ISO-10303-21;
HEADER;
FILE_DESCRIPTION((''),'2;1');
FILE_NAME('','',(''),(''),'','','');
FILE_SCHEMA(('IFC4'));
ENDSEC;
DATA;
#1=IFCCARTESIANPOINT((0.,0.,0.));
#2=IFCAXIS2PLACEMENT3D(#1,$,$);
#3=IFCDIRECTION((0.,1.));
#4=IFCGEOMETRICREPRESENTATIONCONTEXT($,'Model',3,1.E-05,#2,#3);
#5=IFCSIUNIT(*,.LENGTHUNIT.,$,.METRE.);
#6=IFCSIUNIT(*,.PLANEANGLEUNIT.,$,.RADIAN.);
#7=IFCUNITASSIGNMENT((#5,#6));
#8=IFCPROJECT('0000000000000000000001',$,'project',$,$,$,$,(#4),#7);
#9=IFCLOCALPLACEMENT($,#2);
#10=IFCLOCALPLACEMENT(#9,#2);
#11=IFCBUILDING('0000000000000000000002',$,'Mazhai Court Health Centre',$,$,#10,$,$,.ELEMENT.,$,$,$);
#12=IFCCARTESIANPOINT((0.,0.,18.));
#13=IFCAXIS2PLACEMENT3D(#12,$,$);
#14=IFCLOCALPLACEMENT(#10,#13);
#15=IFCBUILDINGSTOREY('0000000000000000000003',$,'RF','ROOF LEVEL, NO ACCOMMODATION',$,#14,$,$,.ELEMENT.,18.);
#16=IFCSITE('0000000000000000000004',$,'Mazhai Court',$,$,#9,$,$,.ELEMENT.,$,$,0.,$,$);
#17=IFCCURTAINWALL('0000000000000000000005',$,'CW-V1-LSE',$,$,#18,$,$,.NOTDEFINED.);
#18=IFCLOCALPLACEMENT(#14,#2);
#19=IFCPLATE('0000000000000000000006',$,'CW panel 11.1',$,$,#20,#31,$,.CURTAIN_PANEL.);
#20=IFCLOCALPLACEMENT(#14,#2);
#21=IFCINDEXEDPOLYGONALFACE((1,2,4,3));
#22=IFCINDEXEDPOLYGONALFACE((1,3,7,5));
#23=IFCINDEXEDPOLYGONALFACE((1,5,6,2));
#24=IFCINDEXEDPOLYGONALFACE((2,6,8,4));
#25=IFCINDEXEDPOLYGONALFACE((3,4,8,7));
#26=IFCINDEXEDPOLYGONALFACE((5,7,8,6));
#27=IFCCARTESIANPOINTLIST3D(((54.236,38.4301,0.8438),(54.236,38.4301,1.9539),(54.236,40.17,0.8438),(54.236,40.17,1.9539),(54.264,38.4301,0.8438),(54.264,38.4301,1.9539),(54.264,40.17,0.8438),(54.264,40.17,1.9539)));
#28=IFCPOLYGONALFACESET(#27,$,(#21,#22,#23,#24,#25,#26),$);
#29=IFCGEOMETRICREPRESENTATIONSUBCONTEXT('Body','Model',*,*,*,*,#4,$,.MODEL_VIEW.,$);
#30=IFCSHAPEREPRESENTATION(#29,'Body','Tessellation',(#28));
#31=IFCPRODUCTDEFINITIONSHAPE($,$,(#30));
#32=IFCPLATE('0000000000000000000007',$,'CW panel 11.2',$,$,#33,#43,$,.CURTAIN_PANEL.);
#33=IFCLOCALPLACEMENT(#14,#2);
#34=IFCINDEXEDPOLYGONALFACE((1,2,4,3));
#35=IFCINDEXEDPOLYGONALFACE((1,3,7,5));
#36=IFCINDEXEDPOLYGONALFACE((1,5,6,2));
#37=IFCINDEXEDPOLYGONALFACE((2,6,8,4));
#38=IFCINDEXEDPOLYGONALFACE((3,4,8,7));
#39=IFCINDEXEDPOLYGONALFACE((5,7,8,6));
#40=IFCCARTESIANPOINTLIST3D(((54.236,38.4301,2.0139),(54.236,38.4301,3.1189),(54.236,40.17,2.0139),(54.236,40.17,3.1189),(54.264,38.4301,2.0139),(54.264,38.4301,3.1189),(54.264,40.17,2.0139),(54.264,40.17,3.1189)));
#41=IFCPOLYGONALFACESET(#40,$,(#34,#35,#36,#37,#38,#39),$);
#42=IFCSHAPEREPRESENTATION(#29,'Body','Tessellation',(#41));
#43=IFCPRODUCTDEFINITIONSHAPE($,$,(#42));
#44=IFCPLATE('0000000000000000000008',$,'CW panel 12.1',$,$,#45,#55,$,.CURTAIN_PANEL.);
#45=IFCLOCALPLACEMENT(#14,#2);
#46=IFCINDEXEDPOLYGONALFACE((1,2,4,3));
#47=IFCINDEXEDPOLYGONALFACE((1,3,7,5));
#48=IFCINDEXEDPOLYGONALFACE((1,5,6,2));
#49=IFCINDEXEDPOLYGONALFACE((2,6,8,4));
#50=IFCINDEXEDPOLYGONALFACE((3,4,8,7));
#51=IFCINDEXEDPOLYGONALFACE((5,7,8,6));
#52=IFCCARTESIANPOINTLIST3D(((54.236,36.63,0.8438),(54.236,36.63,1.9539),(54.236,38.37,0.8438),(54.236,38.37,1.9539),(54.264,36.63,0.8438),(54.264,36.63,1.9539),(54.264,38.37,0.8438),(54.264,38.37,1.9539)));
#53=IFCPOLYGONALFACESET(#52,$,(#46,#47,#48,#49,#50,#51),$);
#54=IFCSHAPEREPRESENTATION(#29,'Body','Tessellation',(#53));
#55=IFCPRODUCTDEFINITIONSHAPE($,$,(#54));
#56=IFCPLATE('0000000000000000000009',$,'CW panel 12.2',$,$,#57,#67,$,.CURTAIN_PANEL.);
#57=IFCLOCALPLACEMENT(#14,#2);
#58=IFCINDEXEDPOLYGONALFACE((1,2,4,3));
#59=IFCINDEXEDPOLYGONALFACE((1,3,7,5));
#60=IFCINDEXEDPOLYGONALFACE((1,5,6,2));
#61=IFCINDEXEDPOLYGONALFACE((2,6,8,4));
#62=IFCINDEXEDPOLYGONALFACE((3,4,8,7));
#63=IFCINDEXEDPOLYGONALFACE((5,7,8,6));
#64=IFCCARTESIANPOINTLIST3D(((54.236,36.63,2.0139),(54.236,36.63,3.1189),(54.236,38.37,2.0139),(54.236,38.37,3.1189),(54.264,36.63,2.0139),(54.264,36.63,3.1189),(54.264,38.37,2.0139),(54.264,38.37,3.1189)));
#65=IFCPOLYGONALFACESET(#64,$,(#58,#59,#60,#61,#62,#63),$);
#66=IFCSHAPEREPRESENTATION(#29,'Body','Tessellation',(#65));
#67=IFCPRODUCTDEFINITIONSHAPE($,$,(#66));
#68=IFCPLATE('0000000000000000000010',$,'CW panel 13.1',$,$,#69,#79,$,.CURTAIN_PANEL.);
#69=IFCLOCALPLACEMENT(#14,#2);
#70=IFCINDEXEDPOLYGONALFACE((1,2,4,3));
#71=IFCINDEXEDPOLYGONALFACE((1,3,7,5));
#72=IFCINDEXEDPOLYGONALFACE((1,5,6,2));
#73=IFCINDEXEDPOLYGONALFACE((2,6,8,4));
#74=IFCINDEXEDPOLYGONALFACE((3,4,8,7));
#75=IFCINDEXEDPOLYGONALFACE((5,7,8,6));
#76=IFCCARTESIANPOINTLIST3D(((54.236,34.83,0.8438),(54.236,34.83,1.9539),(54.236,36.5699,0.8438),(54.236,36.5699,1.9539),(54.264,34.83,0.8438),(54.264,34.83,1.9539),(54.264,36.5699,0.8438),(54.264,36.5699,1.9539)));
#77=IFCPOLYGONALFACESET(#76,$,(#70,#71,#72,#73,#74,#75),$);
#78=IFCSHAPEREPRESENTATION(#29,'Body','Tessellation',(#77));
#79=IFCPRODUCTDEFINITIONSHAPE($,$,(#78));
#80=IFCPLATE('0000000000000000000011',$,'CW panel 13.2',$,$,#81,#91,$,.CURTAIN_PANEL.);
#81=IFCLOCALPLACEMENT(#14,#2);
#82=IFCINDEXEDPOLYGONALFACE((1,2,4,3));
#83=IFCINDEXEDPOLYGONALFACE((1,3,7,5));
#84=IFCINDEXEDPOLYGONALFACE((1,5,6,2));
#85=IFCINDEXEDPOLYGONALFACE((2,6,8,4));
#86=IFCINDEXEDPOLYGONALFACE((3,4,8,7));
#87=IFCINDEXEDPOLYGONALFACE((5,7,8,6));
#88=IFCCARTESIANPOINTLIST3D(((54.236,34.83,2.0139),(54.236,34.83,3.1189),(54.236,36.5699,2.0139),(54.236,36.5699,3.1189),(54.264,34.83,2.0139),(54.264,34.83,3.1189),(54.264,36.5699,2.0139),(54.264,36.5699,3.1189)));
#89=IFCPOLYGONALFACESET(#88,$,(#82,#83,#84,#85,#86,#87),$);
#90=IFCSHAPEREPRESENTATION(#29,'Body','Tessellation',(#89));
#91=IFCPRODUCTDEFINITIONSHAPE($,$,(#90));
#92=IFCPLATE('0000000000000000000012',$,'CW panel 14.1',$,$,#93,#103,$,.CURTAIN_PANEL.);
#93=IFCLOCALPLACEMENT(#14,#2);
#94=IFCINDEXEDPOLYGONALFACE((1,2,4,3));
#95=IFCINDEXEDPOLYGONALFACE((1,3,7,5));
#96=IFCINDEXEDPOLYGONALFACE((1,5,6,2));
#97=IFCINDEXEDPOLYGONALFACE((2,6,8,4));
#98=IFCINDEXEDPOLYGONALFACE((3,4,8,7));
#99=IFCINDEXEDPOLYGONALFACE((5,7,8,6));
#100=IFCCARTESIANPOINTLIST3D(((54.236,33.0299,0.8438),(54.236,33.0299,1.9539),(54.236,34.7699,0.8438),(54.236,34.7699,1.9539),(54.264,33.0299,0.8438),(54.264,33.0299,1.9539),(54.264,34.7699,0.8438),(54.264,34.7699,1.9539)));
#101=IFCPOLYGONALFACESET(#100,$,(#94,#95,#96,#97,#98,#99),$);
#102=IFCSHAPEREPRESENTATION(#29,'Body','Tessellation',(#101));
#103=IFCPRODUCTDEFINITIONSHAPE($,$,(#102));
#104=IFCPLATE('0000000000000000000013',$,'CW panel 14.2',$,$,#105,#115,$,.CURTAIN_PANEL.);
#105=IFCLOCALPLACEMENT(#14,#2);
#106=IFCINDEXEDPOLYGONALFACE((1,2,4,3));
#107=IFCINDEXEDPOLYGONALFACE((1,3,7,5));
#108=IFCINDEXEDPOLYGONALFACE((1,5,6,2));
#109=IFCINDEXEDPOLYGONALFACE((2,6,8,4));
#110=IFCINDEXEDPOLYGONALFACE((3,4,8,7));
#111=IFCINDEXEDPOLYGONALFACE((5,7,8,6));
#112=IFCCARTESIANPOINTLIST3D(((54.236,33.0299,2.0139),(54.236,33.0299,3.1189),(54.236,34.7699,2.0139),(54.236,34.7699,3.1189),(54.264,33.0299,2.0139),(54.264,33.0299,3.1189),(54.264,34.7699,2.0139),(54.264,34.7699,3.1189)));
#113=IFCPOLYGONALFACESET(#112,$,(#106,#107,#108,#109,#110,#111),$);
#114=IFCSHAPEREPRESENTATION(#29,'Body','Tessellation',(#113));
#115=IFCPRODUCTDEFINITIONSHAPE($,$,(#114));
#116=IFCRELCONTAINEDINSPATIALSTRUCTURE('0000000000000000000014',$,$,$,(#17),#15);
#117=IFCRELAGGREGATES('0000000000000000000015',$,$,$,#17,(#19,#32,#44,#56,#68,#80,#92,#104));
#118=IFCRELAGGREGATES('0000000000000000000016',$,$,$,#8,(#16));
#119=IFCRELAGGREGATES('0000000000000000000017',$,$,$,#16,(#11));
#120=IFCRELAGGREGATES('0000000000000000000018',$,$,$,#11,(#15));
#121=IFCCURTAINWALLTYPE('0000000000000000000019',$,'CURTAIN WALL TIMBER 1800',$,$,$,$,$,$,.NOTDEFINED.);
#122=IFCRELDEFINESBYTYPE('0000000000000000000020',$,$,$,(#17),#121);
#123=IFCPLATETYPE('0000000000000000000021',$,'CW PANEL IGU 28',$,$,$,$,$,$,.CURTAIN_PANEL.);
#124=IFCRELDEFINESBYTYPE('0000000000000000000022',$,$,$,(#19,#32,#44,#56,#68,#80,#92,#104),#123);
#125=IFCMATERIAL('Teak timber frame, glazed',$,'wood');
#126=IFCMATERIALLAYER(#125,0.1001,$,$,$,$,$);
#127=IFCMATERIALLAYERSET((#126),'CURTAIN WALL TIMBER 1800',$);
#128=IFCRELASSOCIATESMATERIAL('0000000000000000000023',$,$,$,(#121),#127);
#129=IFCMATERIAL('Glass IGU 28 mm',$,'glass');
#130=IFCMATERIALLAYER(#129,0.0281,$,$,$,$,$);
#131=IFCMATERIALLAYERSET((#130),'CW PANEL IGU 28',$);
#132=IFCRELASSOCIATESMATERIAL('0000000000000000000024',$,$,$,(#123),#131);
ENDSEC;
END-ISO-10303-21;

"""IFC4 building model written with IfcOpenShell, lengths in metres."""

from ifc_helpers import new_model, si_unit, direction, frame, origin, origin_2d, place, context, subcontext, project, spatial, rectangle, extrude, material, layer, layer_set, type_object, element, aggregate, save


model = new_model("IFC4")

# Units and contexts
model_context = context("Model", 3, precision=1e-05, world=origin(), true_north=direction((0.0, 1.0)))
body_context = subcontext(model_context, "Body", "Model", "MODEL_VIEW")
ifc_project = project(units=[si_unit("LENGTHUNIT", "METRE"), si_unit("PLANEANGLEUNIT", "RADIAN")], contexts=[model_context])

# Site, building, storey
site_placement = place(None, origin())
site = spatial("IfcSite", under=ifc_project, at=site_placement, Name="Mazhai Court", CompositionType="ELEMENT", RefElevation=0.0)
building_placement = place(site_placement, origin())
building = spatial("IfcBuilding", under=site, at=building_placement, Name="Mazhai Court Health Centre", CompositionType="ELEMENT")
storey_placement = place(building_placement, frame((0.0, 0.0, 18.0)))
storey = spatial("IfcBuildingStorey", under=building, at=storey_placement, Name="RF", Description="ROOF LEVEL, NO ACCOMMODATION", CompositionType="ELEMENT", Elevation=18.0)

# Curtain wall, plates
ifc_material_1 = material(Name="Teak timber frame, glazed", Category="wood")
ifc_layer_1 = layer(ifc_material_1, 0.1001)
ifc_layer_set_1 = layer_set([ifc_layer_1], Name="CURTAIN WALL TIMBER 1800")
curtain_wall_type = type_object("IfcCurtainWallType", Name="CURTAIN WALL TIMBER 1800", PredefinedType="NOTDEFINED", material=ifc_layer_set_1)
curtain_wall_placement = place(storey_placement, origin())
curtain_wall = element("IfcCurtainWall", 1, at=curtain_wall_placement, inside=storey, type_object=curtain_wall_type, Name="CW-V1-LSE", PredefinedType="NOTDEFINED")
ifc_material_2 = material(Name="Glass IGU 28 mm", Category="glass")
ifc_layer_2 = layer(ifc_material_2, 0.0281)
ifc_layer_set_2 = layer_set([ifc_layer_2], Name="CW PANEL IGU 28")
plate_type = type_object("IfcPlateType", Name="CW PANEL IGU 28", PredefinedType="CURTAIN_PANEL", material=ifc_layer_set_2)
plate_1_placement = place(storey_placement, frame((54.25, 39.3, 0.8438), z_axis=(0.0, 0.0, 1.0), x_axis=(0.0, -1.0, 0.0)))
plate_1 = element("IfcPlate", 2, at=plate_1_placement, type_object=plate_type, Name="CW panel 11.1", PredefinedType="CURTAIN_PANEL", context=body_context, shape_type="SweptSolid", body=[
    extrude(rectangle(XDim=1.74, YDim=0.0281, at=origin_2d()), origin(), (0.0, 0.0, 1.0), 1.1101),
])
plate_2_placement = place(storey_placement, frame((54.25, 39.3, 2.0139), z_axis=(0.0, 0.0, 1.0), x_axis=(0.0, -1.0, 0.0)))
plate_2 = element("IfcPlate", 3, at=plate_2_placement, type_object=plate_type, Name="CW panel 11.2", PredefinedType="CURTAIN_PANEL", context=body_context, shape_type="SweptSolid", body=[
    extrude(rectangle(XDim=1.74, YDim=0.0281, at=origin_2d()), origin(), (0.0, 0.0, 1.0), 1.105),
])
plate_3_placement = place(storey_placement, frame((54.25, 37.5, 0.8438), z_axis=(0.0, 0.0, 1.0), x_axis=(0.0, -1.0, 0.0)))
plate_3 = element("IfcPlate", 4, at=plate_3_placement, type_object=plate_type, Name="CW panel 12.1", PredefinedType="CURTAIN_PANEL", context=body_context, shape_type="SweptSolid", body=[
    extrude(rectangle(XDim=1.74, YDim=0.0281, at=origin_2d()), origin(), (0.0, 0.0, 1.0), 1.1101),
])
plate_4_placement = place(storey_placement, frame((54.25, 37.5, 2.0139), z_axis=(0.0, 0.0, 1.0), x_axis=(0.0, -1.0, 0.0)))
plate_4 = element("IfcPlate", 5, at=plate_4_placement, type_object=plate_type, Name="CW panel 12.2", PredefinedType="CURTAIN_PANEL", context=body_context, shape_type="SweptSolid", body=[
    extrude(rectangle(XDim=1.74, YDim=0.0281, at=origin_2d()), origin(), (0.0, 0.0, 1.0), 1.105),
])
plate_5_placement = place(storey_placement, frame((54.25, 35.7, 0.8438), z_axis=(0.0, 0.0, 1.0), x_axis=(0.0, -1.0, 0.0)))
plate_5 = element("IfcPlate", 6, at=plate_5_placement, type_object=plate_type, Name="CW panel 13.1", PredefinedType="CURTAIN_PANEL", context=body_context, shape_type="SweptSolid", body=[
    extrude(rectangle(XDim=1.74, YDim=0.0281, at=origin_2d()), origin(), (0.0, 0.0, 1.0), 1.1101),
])
plate_6_placement = place(storey_placement, frame((54.25, 35.7, 2.0139), z_axis=(0.0, 0.0, 1.0), x_axis=(0.0, -1.0, 0.0)))
plate_6 = element("IfcPlate", 7, at=plate_6_placement, type_object=plate_type, Name="CW panel 13.2", PredefinedType="CURTAIN_PANEL", context=body_context, shape_type="SweptSolid", body=[
    extrude(rectangle(XDim=1.74, YDim=0.0281, at=origin_2d()), origin(), (0.0, 0.0, 1.0), 1.105),
])
plate_7_placement = place(storey_placement, frame((54.25, 33.8999, 0.8438), z_axis=(0.0, 0.0, 1.0), x_axis=(0.0, -1.0, 0.0)))
plate_7 = element("IfcPlate", 8, at=plate_7_placement, type_object=plate_type, Name="CW panel 14.1", PredefinedType="CURTAIN_PANEL", context=body_context, shape_type="SweptSolid", body=[
    extrude(rectangle(XDim=1.74, YDim=0.0281, at=origin_2d()), origin(), (0.0, 0.0, 1.0), 1.1101),
])
plate_8_placement = place(storey_placement, frame((54.25, 33.8999, 2.0139), z_axis=(0.0, 0.0, 1.0), x_axis=(0.0, -1.0, 0.0)))
plate_8 = element("IfcPlate", 9, at=plate_8_placement, type_object=plate_type, Name="CW panel 14.2", PredefinedType="CURTAIN_PANEL", context=body_context, shape_type="SweptSolid", body=[
    extrude(rectangle(XDim=1.74, YDim=0.0281, at=origin_2d()), origin(), (0.0, 0.0, 1.0), 1.105),
])
aggregate(curtain_wall, [plate_1, plate_2, plate_3, plate_4, plate_5, plate_6, plate_7, plate_8])

save(model, "model.ifc")
